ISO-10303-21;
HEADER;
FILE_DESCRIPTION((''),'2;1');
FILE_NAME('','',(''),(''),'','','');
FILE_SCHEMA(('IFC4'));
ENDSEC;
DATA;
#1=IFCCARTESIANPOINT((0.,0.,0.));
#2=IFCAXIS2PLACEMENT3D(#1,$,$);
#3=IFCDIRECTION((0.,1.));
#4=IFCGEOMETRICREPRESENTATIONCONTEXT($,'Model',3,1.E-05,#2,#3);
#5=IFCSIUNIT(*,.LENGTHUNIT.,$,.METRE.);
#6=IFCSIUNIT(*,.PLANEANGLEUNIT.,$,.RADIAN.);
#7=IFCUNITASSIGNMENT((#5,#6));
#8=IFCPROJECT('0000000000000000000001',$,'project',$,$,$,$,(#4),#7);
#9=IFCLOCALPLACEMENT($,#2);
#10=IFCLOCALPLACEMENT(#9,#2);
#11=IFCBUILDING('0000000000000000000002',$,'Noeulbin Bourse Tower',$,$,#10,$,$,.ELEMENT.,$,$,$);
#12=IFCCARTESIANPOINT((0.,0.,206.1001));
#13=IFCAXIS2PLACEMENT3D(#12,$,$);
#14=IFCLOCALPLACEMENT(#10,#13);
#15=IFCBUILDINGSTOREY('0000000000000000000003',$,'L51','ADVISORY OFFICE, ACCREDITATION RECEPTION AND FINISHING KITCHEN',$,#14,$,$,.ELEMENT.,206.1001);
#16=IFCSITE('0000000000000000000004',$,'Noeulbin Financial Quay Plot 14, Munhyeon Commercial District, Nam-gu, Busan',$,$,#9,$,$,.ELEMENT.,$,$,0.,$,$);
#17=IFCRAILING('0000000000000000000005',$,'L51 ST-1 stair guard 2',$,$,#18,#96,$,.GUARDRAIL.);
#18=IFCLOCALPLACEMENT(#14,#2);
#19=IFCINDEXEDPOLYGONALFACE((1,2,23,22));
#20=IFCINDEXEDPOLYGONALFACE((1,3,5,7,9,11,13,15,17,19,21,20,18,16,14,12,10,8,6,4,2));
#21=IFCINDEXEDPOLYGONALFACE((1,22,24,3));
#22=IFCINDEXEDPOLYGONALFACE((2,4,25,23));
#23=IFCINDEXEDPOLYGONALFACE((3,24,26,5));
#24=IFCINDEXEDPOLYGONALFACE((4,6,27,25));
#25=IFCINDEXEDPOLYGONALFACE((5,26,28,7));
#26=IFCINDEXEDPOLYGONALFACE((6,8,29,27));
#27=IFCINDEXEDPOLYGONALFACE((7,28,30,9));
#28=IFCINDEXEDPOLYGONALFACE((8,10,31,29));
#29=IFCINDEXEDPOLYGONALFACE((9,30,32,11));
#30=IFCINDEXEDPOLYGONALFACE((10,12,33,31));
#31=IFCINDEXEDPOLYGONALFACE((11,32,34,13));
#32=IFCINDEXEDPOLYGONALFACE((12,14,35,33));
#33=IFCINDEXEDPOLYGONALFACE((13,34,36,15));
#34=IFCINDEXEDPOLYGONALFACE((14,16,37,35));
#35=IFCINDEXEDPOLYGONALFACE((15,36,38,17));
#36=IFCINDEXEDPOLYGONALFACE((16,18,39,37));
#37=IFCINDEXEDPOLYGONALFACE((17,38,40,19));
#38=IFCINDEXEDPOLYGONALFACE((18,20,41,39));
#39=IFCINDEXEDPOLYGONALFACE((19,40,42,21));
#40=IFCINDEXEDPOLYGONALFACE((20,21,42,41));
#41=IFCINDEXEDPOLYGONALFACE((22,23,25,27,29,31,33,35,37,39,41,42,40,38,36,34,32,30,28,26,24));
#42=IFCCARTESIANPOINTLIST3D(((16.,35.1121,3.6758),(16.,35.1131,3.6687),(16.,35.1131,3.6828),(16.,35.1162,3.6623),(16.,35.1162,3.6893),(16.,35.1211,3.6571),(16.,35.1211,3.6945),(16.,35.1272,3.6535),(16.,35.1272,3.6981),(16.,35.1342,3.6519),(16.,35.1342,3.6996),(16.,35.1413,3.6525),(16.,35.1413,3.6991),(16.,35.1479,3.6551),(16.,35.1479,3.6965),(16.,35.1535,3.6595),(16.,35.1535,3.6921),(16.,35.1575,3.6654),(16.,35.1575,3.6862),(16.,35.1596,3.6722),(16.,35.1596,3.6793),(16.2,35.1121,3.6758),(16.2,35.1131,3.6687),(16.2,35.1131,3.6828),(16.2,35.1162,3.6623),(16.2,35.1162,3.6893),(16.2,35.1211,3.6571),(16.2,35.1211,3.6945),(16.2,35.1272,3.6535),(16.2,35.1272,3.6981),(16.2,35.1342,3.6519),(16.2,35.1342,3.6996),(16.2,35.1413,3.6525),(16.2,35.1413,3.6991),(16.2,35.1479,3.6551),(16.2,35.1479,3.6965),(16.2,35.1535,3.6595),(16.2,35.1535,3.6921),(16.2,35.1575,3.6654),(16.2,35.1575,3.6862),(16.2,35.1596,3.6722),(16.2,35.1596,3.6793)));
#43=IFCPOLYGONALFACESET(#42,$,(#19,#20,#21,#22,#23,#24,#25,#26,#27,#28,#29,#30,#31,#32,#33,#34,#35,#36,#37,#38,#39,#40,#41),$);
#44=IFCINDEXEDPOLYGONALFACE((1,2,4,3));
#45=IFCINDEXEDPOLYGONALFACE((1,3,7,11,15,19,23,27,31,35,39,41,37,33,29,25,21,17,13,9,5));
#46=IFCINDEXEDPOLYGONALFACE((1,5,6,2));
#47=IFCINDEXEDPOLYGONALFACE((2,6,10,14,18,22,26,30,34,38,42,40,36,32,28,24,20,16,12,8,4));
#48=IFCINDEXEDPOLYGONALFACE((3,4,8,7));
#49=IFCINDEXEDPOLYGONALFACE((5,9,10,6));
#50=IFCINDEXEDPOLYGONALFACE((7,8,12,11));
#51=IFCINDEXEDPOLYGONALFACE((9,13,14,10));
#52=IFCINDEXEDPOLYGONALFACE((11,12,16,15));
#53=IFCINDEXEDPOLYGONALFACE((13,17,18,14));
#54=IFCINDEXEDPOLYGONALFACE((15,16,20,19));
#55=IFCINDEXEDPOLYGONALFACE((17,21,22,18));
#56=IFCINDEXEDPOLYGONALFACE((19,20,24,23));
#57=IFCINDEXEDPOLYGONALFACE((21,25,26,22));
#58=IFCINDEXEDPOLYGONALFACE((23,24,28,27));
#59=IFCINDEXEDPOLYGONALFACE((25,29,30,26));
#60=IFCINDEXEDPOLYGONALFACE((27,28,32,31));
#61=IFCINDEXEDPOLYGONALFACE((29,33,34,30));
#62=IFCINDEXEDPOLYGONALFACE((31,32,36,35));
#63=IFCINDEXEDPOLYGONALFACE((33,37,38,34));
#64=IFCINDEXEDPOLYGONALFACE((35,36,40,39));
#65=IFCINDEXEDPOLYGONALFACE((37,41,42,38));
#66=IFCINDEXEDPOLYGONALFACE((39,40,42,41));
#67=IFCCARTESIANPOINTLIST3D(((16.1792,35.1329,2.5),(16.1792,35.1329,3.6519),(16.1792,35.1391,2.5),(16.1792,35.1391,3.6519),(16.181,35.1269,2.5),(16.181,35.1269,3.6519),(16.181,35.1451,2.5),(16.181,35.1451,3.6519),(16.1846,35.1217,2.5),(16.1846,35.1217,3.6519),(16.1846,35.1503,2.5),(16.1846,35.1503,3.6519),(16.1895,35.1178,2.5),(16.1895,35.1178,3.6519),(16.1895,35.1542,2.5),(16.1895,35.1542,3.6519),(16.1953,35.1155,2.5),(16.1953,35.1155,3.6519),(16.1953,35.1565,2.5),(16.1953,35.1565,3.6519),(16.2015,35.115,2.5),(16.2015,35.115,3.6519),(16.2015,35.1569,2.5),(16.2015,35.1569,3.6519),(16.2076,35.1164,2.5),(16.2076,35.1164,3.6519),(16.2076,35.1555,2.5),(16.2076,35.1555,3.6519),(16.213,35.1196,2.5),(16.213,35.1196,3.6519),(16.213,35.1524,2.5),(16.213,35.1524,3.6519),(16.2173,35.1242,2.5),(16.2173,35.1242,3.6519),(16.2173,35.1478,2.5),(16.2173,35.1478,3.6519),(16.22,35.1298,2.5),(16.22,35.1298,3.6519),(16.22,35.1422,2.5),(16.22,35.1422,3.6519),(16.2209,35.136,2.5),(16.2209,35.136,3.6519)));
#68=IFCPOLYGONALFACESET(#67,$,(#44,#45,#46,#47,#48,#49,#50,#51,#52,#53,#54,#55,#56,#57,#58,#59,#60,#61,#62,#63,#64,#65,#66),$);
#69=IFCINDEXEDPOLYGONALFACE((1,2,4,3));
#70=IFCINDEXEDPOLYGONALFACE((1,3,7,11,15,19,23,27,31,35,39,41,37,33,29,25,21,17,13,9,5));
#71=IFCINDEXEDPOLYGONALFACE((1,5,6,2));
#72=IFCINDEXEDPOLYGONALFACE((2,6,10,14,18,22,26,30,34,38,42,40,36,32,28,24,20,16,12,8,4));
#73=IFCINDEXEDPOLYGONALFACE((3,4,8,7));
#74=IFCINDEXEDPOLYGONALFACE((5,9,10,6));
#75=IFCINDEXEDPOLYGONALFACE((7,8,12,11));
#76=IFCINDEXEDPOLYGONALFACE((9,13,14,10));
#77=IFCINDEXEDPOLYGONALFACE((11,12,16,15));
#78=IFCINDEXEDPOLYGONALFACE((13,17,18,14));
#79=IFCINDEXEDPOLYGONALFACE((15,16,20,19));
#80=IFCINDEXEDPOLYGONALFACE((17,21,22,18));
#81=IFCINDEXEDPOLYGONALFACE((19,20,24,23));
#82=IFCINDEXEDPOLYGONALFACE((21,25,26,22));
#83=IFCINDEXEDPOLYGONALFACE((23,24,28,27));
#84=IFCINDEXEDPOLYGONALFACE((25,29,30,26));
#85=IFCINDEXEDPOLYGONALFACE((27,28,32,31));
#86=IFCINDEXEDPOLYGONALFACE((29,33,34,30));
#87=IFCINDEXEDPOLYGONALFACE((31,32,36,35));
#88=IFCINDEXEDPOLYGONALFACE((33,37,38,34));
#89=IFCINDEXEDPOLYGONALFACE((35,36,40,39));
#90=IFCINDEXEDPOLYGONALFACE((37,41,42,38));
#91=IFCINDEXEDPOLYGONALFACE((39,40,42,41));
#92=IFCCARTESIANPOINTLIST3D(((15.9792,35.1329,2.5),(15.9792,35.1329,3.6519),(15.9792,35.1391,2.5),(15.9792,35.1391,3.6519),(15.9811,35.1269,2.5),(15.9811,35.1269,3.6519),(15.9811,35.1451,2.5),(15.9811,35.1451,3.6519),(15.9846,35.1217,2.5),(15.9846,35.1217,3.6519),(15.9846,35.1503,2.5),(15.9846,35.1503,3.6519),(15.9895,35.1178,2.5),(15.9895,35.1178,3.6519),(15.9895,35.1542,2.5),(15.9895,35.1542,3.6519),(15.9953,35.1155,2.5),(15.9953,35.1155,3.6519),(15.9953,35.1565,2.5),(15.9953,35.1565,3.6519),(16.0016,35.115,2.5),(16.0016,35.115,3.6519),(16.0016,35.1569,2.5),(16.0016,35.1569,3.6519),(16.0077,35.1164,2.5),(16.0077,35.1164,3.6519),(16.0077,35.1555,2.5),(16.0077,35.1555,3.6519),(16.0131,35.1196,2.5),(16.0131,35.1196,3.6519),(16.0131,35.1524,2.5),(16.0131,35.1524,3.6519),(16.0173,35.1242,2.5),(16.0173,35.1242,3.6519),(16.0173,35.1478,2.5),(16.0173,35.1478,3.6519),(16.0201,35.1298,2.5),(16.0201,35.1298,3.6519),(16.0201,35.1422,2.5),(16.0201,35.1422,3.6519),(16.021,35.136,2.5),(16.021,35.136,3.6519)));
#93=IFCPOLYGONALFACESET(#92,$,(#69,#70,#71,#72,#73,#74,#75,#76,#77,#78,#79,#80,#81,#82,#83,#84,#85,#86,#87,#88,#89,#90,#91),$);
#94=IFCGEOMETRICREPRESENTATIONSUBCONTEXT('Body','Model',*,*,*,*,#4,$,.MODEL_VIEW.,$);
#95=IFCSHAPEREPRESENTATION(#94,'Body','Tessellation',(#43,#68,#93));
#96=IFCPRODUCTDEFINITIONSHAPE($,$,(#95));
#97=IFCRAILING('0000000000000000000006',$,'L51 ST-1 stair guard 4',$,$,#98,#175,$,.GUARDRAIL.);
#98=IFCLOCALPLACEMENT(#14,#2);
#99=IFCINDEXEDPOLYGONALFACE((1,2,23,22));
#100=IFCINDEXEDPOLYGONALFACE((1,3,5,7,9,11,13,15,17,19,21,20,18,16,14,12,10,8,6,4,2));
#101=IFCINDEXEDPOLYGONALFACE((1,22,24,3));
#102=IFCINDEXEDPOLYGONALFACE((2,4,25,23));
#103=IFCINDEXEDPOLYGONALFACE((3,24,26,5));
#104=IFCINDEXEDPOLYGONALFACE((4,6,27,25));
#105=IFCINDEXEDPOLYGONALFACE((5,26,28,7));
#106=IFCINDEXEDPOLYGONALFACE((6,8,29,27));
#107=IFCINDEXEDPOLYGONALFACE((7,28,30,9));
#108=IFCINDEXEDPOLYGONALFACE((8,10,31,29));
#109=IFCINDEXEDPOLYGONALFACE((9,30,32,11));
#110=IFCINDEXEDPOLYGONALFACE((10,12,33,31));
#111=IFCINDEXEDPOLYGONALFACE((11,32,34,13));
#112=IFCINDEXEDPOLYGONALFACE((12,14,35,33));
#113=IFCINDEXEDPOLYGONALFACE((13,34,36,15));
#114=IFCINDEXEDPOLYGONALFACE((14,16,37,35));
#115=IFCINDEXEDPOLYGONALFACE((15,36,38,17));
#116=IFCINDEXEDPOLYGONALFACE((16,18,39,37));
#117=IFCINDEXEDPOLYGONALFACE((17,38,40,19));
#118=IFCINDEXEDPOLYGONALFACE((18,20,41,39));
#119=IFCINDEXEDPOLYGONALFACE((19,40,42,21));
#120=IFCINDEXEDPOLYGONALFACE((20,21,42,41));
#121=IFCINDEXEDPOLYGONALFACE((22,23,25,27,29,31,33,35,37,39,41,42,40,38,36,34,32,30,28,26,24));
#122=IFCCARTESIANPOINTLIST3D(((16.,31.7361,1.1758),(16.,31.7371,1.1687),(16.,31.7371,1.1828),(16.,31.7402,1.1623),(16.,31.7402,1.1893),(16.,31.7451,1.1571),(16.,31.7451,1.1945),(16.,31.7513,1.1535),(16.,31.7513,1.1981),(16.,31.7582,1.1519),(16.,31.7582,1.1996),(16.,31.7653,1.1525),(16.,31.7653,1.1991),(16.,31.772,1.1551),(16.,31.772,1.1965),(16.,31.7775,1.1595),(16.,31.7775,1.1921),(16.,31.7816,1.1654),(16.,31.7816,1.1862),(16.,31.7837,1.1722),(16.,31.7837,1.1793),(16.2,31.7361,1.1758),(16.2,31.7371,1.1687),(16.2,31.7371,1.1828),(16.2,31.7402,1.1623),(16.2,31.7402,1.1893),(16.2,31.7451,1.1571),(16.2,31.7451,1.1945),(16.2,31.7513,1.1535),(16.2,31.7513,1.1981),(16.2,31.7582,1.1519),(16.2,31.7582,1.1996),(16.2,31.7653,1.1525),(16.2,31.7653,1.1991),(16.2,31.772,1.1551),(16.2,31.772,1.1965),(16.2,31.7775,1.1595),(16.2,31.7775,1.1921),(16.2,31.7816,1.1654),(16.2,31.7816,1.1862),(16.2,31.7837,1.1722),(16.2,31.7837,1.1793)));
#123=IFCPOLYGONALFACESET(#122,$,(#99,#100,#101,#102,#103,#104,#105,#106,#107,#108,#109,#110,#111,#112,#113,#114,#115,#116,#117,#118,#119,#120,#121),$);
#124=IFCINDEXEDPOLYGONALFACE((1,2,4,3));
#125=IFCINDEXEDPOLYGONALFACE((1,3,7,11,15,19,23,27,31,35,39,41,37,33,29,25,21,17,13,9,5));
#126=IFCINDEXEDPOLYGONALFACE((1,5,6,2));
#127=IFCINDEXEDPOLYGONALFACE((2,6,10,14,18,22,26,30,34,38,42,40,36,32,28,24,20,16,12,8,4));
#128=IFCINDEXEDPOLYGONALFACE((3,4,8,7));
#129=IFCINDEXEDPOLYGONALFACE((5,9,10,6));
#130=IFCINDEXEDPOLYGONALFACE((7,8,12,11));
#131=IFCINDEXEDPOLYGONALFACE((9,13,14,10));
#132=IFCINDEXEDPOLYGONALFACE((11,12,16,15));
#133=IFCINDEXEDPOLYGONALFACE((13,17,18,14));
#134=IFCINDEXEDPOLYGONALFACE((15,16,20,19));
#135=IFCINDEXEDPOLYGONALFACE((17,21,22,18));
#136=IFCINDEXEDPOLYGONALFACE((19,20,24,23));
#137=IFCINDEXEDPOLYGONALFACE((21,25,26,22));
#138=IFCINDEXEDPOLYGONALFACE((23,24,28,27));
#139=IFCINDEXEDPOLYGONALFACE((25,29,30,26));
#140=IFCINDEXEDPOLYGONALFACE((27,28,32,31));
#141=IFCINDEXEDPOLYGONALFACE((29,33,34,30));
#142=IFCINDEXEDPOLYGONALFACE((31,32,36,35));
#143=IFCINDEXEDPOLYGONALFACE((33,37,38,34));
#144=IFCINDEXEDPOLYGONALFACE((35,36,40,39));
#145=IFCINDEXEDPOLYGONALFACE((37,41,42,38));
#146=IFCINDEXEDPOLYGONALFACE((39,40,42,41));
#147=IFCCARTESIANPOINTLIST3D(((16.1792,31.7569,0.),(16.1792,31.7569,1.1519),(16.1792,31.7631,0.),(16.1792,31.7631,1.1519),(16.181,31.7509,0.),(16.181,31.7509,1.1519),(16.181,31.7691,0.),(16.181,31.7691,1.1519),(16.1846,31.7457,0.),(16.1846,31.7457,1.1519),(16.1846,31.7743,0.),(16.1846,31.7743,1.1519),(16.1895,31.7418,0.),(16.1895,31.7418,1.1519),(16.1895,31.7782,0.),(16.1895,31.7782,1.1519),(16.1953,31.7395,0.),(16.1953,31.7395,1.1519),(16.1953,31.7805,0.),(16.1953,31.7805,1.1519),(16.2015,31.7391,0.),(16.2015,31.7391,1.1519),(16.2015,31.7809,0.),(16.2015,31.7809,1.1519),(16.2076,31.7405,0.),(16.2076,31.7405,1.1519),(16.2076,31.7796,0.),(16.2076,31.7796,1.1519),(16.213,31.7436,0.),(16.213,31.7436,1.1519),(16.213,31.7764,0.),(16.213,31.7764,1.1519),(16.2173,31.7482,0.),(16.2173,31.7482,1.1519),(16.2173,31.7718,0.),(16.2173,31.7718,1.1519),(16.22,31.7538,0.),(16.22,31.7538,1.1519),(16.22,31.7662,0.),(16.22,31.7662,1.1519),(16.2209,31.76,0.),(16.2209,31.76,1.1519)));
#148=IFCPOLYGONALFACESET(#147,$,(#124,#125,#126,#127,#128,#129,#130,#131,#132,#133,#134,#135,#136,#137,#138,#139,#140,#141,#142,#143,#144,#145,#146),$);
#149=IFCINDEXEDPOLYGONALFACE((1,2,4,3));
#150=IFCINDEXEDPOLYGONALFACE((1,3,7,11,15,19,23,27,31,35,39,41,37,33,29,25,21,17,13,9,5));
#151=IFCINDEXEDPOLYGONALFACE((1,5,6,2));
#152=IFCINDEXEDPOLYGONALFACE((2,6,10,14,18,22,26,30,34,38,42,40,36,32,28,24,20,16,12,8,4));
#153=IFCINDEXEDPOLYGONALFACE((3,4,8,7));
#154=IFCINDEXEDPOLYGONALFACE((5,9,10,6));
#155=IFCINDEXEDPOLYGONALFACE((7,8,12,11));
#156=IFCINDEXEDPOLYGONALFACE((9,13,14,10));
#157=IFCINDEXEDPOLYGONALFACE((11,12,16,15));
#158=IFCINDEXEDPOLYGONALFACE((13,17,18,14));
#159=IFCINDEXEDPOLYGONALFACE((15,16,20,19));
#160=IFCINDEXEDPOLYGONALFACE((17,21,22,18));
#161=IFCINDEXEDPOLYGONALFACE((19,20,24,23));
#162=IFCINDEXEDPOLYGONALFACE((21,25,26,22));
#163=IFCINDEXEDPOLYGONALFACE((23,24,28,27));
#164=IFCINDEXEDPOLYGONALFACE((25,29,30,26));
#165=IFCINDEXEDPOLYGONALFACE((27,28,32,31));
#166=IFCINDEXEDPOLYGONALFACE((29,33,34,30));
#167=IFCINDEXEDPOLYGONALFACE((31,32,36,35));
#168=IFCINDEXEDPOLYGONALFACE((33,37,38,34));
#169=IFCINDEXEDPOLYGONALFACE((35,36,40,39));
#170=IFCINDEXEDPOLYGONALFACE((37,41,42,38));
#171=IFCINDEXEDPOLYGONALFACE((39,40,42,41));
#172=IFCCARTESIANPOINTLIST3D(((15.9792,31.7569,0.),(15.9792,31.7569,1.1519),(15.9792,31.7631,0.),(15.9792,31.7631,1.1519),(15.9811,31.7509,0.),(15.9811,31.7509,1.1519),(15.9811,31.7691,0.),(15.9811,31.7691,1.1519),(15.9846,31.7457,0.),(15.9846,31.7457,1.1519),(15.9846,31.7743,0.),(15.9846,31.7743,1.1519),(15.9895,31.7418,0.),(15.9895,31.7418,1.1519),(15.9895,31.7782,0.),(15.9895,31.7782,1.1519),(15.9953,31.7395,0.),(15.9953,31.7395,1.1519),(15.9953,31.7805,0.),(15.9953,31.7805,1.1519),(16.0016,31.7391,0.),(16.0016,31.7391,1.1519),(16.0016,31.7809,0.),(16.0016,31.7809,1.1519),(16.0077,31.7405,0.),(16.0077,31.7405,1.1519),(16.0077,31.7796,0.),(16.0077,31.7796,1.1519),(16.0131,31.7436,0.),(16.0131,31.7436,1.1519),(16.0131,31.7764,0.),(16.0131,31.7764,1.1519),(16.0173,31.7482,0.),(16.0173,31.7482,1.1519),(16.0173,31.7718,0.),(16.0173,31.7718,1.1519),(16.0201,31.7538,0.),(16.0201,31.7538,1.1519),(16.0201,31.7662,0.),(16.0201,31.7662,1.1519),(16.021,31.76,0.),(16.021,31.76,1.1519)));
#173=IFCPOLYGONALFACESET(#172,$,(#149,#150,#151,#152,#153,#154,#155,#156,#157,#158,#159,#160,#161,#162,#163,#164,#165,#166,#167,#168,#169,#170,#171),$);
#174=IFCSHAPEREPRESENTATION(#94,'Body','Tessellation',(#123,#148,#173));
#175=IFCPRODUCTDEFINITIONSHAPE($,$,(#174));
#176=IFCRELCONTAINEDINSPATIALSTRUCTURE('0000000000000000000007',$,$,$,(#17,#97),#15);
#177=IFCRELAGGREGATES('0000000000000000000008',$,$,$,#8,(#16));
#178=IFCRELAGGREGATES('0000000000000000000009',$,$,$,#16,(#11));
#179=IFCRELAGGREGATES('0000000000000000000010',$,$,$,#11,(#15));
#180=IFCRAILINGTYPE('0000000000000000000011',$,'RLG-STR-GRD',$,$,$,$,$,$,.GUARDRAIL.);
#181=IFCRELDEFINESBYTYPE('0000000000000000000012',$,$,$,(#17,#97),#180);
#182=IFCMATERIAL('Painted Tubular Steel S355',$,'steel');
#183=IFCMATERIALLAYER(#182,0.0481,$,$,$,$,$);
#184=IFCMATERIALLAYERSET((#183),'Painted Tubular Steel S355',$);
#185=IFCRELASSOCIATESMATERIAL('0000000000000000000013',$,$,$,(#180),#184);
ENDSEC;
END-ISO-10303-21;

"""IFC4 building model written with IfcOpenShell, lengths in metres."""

from ifc_helpers import new_model, si_unit, direction, frame, origin, origin_2d, place, context, subcontext, project, spatial, circle, extrude, material, layer, layer_set, type_object, element, save


model = new_model("IFC4")

# Units and contexts
model_context = context("Model", 3, precision=1e-05, world=origin(), true_north=direction((0.0, 1.0)))
body_context = subcontext(model_context, "Body", "Model", "MODEL_VIEW")
ifc_project = project(units=[si_unit("LENGTHUNIT", "METRE"), si_unit("PLANEANGLEUNIT", "RADIAN")], contexts=[model_context])

# Site, building, storey
site_placement = place(None, origin())
site = spatial("IfcSite", under=ifc_project, at=site_placement, Name="Noeulbin Financial Quay Plot 14, Munhyeon Commercial District, Nam-gu, Busan", CompositionType="ELEMENT", RefElevation=0.0)
building_placement = place(site_placement, origin())
building = spatial("IfcBuilding", under=site, at=building_placement, Name="Noeulbin Bourse Tower", CompositionType="ELEMENT")
storey_placement = place(building_placement, frame((0.0, 0.0, 206.1001)))
storey = spatial("IfcBuildingStorey", under=building, at=storey_placement, Name="L51", Description="ADVISORY OFFICE, ACCREDITATION RECEPTION AND FINISHING KITCHEN", CompositionType="ELEMENT", Elevation=206.1001)

# Railings
ifc_material_1 = material(Name="Painted Tubular Steel S355", Category="steel")
ifc_layer_1 = layer(ifc_material_1, 0.0481)
ifc_layer_set_1 = layer_set([ifc_layer_1], Name="Painted Tubular Steel S355")
railing_type_1 = type_object("IfcRailingType", Name="RLG-STR-GRD", PredefinedType="GUARDRAIL", material=ifc_layer_set_1)
for number, where, name in (
    (1, (16.2, 35.136, 2.5), "L51 ST-1 stair guard 2"),
    (2, (16.2, 31.76, 0.0), "L51 ST-1 stair guard 4"),
):
    element("IfcRailing", number, at=place(storey_placement, frame(where)), inside=storey, type_object=railing_type_1, Name=name, PredefinedType="GUARDRAIL", context=body_context, shape_type="SweptSolid", body=[
        extrude(circle(Radius=0.0239, at=origin_2d()), frame((0.0, 0.0, 1.1758), z_axis=(-1.0, 0.0, 0.0), x_axis=(0.0, -1.0, 0.0)), (0.0, 0.0, 1.0), 0.2),
        extrude(circle(Radius=0.021, at=origin_2d()), origin(), (0.0, 0.0, 1.0), 1.1519),
        extrude(circle(Radius=0.021, at=origin_2d()), frame((-0.2, 0.0, 0.0)), (0.0, 0.0, 1.0), 1.1519),
    ])

save(model, "model.ifc")
